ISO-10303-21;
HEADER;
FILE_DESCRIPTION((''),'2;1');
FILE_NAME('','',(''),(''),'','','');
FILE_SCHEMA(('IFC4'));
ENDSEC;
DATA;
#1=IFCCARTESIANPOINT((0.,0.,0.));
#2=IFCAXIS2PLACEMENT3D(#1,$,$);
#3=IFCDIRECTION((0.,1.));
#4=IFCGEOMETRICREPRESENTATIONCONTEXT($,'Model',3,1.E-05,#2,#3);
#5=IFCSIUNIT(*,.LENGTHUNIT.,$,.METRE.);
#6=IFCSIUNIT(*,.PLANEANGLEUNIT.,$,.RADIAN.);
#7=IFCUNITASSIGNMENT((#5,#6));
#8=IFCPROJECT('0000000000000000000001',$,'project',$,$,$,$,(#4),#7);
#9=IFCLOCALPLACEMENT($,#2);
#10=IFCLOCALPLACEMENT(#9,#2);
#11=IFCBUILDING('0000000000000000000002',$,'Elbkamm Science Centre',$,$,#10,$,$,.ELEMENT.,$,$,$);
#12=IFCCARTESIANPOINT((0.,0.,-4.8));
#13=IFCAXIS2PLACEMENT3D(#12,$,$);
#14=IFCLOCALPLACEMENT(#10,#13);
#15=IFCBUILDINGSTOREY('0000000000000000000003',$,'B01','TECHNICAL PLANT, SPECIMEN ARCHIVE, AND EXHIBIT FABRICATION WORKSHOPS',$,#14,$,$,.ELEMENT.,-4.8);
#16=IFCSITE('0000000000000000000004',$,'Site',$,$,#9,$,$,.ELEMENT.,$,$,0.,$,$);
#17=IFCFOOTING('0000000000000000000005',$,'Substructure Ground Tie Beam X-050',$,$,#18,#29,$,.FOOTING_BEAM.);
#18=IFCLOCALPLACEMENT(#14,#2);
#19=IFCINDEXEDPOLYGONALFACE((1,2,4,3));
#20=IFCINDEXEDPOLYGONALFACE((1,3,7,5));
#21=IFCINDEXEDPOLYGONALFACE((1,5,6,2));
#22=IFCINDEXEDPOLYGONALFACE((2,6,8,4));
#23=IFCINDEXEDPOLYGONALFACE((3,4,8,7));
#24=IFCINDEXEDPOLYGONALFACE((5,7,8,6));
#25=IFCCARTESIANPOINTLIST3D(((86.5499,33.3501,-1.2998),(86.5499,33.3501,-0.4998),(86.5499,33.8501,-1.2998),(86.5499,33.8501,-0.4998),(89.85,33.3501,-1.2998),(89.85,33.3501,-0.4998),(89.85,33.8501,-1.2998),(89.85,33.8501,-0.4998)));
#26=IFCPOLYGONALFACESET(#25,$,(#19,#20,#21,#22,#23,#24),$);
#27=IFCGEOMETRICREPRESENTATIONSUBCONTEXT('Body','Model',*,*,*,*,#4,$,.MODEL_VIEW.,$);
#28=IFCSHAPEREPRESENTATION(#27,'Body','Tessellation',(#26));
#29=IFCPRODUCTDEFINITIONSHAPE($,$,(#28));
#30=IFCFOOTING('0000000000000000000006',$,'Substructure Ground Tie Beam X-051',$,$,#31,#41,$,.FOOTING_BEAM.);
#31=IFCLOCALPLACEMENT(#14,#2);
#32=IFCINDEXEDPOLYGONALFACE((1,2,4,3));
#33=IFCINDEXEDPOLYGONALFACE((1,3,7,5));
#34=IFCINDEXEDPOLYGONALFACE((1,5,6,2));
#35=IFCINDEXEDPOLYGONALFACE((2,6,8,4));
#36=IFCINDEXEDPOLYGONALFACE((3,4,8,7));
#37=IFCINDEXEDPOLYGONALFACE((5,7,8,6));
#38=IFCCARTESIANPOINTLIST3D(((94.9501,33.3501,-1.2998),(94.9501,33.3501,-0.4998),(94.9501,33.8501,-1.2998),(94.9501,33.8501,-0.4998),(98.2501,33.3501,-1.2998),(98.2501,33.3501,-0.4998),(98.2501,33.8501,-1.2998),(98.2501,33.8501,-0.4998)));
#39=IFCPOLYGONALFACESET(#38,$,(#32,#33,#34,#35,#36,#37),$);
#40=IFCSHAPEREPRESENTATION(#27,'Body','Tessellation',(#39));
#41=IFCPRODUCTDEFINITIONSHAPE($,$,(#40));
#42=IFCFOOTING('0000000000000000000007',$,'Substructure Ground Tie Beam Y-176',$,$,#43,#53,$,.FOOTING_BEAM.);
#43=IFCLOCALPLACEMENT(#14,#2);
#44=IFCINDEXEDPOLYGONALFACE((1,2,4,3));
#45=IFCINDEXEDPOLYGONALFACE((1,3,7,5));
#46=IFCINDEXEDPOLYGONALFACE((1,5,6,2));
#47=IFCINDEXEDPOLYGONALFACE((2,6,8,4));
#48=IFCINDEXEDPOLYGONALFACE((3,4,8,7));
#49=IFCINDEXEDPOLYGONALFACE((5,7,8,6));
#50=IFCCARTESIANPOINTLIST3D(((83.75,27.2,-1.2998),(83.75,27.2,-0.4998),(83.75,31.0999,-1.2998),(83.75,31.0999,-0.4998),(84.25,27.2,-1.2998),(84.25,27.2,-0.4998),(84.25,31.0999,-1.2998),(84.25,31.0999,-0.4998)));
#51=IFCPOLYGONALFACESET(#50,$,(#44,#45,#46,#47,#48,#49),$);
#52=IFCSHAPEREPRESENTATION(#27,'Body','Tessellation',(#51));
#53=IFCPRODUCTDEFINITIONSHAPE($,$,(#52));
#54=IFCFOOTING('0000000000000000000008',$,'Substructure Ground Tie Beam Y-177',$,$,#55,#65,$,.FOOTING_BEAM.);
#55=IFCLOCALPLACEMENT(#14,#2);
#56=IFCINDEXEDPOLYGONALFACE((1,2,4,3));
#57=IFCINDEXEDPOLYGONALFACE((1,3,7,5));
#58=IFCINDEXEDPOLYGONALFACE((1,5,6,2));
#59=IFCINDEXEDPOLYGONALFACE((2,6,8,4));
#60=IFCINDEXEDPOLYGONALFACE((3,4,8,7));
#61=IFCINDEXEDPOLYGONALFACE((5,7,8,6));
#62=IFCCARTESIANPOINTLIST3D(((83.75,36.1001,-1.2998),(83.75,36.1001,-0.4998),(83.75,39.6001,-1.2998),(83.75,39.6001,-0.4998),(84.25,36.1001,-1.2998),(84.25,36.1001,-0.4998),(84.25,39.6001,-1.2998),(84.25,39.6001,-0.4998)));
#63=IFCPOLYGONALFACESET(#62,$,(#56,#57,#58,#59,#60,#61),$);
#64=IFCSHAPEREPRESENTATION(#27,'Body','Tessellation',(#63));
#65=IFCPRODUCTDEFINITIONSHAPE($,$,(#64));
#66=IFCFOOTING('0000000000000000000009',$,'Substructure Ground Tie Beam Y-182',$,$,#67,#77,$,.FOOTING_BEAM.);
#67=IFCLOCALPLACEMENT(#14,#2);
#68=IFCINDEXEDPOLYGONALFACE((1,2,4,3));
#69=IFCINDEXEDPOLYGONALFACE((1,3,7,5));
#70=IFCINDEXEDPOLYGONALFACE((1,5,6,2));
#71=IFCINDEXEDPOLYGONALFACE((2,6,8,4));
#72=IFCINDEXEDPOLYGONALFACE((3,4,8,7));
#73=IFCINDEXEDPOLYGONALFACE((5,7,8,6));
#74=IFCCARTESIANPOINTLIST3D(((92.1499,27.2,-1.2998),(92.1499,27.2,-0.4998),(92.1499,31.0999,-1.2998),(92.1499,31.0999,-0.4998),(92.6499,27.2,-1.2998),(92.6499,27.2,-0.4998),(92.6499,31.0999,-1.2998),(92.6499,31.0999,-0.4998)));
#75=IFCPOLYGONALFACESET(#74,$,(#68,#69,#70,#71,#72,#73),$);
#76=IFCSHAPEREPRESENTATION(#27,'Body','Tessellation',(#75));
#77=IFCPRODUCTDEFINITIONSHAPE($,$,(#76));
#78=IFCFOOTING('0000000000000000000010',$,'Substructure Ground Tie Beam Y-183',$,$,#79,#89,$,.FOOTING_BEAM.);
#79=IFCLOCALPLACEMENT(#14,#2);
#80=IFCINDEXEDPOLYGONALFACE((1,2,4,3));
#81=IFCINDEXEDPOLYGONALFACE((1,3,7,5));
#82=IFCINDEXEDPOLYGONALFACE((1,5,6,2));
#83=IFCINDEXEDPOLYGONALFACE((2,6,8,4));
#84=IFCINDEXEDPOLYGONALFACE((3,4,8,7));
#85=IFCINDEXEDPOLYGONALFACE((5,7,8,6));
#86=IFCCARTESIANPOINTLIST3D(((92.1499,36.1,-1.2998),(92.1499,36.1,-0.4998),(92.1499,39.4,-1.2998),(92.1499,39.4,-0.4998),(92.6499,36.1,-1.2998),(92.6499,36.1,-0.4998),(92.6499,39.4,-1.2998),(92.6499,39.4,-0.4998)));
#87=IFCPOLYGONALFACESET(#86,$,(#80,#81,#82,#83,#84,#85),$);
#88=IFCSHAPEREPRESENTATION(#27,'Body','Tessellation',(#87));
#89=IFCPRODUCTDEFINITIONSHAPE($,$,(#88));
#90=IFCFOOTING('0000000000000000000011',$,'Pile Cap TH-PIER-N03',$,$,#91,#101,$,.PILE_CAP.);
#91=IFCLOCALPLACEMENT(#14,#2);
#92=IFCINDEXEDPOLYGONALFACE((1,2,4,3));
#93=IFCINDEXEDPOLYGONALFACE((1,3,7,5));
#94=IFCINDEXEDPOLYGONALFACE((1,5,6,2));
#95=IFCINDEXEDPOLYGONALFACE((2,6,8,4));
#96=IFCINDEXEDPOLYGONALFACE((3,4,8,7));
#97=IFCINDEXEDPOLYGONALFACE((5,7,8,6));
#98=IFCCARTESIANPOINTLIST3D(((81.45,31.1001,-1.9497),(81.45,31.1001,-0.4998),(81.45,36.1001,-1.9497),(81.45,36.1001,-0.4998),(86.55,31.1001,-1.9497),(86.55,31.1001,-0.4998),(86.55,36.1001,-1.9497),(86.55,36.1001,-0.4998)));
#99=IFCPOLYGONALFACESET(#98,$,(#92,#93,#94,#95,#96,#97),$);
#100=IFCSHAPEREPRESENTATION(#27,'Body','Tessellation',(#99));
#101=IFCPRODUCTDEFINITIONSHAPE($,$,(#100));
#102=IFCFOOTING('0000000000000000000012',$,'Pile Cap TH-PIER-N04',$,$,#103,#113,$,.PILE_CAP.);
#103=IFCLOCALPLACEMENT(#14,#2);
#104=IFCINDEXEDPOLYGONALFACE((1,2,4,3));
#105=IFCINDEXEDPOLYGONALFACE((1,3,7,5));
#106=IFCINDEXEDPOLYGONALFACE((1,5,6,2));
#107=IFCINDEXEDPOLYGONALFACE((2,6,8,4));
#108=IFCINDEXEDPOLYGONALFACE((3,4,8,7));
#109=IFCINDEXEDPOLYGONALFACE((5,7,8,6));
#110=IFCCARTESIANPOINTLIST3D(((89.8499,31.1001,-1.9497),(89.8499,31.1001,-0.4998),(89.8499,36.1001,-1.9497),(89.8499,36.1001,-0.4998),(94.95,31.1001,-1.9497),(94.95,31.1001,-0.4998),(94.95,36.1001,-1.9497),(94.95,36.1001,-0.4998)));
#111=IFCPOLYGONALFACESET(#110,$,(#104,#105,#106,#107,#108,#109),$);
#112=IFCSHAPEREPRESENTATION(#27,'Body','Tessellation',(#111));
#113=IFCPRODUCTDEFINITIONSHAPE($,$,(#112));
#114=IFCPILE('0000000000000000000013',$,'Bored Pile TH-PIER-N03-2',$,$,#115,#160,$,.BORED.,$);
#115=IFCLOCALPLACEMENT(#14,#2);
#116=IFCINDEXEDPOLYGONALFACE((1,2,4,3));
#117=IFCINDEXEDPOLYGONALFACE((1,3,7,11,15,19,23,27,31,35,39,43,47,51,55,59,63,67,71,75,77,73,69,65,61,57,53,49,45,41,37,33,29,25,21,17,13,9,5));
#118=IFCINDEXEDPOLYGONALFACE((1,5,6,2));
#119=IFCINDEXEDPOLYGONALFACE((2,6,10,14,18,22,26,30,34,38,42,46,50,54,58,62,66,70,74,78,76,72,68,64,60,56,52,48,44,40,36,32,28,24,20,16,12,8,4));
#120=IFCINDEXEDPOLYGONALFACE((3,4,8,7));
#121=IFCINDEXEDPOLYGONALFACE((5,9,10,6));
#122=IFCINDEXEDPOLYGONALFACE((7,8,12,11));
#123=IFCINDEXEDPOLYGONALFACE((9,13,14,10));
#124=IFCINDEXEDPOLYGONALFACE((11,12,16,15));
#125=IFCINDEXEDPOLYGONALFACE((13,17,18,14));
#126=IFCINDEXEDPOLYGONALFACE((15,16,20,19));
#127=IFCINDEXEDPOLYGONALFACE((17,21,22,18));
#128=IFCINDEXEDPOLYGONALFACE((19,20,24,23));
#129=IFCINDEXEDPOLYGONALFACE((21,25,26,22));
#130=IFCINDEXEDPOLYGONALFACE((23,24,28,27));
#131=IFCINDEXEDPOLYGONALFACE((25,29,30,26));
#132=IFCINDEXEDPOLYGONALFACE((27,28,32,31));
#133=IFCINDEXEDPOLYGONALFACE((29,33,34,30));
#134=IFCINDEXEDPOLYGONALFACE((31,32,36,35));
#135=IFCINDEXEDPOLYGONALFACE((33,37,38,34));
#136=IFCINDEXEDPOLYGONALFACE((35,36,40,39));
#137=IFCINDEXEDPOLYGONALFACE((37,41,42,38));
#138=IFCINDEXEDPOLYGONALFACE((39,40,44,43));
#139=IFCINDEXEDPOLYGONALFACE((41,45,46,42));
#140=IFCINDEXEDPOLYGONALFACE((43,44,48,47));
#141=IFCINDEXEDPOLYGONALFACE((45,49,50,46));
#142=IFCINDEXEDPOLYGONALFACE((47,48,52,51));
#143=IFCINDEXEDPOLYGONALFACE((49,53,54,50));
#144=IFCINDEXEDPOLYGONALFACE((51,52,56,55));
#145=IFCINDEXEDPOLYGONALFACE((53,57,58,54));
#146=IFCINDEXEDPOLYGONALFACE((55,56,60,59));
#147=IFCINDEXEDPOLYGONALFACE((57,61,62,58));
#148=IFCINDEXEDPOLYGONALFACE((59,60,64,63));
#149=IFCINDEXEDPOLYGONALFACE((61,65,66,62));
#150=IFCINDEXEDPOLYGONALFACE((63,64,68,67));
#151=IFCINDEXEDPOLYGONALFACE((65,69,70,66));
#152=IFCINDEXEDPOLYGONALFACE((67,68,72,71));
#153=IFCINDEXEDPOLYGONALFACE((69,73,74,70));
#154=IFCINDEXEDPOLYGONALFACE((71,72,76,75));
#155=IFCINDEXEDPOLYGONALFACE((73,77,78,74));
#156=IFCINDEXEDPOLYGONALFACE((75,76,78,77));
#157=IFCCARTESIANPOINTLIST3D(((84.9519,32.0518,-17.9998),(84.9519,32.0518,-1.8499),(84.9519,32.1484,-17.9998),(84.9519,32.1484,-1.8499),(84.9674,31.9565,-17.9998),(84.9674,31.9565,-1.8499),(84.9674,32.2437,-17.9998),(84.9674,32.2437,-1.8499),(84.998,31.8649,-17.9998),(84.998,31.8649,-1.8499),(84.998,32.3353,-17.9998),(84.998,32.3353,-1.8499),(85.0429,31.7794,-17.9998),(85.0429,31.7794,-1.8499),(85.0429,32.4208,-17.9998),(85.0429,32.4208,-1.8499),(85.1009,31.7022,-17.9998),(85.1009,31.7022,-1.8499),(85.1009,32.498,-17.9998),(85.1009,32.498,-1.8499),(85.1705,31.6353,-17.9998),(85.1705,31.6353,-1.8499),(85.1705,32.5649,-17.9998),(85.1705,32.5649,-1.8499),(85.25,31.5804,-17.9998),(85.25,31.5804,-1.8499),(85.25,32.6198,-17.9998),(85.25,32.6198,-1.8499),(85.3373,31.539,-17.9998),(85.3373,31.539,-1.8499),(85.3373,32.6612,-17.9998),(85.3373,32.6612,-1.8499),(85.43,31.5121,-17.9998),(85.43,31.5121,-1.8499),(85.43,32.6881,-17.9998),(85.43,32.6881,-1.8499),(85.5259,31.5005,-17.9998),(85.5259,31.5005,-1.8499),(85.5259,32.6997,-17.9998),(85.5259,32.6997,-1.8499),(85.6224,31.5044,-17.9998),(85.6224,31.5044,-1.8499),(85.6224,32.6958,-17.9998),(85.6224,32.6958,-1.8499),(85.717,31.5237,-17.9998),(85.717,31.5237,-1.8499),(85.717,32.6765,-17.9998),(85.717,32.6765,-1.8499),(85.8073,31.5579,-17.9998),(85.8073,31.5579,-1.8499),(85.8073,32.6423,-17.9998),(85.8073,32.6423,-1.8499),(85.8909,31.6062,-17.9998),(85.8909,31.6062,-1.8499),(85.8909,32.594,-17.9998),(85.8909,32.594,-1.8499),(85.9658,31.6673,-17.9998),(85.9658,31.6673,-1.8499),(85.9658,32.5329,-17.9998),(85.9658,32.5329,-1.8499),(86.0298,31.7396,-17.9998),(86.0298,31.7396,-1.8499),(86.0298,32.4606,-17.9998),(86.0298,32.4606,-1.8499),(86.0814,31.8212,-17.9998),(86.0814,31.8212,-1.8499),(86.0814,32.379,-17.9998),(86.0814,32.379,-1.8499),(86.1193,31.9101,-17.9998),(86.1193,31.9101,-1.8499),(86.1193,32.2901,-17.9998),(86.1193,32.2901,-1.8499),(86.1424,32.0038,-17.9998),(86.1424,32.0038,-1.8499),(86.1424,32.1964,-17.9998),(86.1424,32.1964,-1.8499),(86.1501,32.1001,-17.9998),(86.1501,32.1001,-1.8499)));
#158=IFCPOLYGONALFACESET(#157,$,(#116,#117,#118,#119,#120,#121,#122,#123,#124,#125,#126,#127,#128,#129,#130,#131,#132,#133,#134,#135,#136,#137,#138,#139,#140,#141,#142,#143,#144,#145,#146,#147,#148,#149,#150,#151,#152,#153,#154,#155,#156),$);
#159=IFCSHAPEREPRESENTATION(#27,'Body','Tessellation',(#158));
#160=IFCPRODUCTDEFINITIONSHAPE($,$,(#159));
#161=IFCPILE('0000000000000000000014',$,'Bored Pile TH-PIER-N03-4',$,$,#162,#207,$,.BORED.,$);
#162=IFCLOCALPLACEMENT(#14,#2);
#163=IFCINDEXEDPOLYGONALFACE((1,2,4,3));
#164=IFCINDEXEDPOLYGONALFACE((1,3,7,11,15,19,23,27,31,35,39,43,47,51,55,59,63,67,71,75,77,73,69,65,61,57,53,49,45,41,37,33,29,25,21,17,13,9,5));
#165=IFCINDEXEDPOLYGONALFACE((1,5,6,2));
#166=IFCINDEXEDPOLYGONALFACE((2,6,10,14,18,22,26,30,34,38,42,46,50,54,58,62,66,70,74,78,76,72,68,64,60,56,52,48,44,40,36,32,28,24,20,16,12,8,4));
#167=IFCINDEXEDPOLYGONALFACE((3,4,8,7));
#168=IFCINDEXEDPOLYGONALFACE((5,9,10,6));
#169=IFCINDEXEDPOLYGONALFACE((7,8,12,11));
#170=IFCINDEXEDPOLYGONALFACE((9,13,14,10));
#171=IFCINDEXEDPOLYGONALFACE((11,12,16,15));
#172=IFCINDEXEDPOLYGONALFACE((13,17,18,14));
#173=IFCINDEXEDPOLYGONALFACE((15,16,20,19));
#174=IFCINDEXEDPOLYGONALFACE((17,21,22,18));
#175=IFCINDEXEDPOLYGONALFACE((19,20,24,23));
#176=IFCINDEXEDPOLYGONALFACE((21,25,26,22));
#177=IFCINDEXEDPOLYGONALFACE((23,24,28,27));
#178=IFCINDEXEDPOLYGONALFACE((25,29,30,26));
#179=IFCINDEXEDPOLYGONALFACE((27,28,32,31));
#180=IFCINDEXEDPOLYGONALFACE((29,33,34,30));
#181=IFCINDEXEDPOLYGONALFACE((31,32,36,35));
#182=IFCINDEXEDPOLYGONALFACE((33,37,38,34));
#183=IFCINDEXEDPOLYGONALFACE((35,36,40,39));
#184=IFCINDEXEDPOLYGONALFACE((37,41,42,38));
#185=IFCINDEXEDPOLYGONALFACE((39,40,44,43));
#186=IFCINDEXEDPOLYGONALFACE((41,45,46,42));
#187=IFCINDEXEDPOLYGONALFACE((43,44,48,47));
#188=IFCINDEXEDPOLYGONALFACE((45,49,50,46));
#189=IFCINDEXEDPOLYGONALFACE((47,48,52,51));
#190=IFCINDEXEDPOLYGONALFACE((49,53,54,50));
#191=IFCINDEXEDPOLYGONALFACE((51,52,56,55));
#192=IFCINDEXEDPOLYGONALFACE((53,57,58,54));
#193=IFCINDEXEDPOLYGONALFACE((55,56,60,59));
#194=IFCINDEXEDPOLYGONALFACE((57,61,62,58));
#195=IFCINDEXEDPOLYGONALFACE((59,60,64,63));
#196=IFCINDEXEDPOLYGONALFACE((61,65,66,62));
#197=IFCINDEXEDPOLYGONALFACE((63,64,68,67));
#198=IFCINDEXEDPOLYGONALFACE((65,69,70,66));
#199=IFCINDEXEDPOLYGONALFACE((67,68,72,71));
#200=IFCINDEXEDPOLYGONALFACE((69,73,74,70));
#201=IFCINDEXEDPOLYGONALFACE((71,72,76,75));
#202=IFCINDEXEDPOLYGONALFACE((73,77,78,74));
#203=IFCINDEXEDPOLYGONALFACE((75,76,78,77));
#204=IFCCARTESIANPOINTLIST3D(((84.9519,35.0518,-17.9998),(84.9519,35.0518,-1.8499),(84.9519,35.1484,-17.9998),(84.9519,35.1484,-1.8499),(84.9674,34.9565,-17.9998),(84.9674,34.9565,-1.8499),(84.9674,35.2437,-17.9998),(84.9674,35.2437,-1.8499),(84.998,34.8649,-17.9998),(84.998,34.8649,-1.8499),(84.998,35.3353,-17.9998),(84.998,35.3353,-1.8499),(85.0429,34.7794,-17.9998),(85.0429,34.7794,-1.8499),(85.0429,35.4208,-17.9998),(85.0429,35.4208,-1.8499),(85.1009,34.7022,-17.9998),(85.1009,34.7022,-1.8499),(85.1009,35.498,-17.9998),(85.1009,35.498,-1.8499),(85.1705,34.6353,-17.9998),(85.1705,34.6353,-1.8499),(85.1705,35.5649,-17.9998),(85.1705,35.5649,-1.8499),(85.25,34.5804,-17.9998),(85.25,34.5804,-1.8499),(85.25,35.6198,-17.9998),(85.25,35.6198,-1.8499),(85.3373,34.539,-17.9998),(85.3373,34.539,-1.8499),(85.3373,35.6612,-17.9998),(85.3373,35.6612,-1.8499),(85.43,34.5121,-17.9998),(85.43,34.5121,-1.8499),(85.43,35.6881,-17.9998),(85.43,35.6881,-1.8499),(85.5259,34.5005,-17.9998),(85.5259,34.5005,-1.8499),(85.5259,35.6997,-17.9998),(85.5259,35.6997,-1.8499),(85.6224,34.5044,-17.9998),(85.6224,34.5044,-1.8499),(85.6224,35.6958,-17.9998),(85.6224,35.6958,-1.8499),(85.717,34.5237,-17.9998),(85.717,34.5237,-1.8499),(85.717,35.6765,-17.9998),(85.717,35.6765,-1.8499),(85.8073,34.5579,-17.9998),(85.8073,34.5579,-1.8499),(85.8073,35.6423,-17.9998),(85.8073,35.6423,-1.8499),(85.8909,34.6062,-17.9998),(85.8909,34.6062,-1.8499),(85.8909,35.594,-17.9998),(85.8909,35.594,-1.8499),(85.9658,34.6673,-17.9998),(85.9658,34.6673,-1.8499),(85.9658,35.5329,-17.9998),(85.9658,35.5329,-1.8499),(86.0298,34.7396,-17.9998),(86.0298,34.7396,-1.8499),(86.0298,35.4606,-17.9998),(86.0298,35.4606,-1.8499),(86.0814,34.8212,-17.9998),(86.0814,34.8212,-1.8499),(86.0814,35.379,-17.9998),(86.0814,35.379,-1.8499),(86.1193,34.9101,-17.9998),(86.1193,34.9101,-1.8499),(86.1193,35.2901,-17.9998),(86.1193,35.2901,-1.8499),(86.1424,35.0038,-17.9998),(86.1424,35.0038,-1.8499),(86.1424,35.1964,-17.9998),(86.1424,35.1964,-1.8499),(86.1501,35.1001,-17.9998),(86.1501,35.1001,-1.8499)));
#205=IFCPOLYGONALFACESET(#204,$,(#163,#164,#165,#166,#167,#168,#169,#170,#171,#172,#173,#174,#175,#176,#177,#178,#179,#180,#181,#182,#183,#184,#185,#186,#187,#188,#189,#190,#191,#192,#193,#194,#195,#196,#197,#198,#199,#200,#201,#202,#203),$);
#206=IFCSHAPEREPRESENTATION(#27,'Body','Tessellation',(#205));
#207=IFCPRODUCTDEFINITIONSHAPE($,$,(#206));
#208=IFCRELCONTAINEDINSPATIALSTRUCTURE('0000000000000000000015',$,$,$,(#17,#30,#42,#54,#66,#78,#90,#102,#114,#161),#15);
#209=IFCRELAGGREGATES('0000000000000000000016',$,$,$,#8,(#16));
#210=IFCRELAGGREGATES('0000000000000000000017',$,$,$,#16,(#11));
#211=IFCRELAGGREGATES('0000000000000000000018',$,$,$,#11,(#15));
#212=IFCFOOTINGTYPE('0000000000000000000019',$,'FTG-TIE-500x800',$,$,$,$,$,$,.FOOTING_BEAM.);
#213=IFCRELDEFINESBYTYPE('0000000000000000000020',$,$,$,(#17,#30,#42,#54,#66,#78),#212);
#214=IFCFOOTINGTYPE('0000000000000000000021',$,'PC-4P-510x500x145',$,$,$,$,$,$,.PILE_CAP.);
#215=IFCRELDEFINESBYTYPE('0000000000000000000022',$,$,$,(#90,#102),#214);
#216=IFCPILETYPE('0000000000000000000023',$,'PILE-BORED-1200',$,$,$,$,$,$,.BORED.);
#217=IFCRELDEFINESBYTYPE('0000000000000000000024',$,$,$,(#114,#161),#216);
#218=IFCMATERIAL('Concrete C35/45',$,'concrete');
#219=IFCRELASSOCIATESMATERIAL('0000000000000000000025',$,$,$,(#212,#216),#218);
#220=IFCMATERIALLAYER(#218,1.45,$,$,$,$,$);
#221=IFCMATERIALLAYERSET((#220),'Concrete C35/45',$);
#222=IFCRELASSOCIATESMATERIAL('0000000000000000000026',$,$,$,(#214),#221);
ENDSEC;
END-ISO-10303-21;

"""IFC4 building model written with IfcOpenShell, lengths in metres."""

from ifc_helpers import new_model, si_unit, direction, frame, origin, origin_2d, place, context, subcontext, project, spatial, rectangle, circle, extrude, material, layer, layer_set, material_profile, profile_set, type_object, element, save


model = new_model("IFC4")

# Units and contexts
model_context = context("Model", 3, precision=1e-05, world=origin(), true_north=direction((0.0, 1.0)))
body_context = subcontext(model_context, "Body", "Model", "MODEL_VIEW")
ifc_project = project(units=[si_unit("LENGTHUNIT", "METRE"), si_unit("PLANEANGLEUNIT", "RADIAN")], contexts=[model_context])

# Site, building, storey
site_placement = place(None, origin())
site = spatial("IfcSite", under=ifc_project, at=site_placement, Name="Site", CompositionType="ELEMENT", RefElevation=0.0)
building_placement = place(site_placement, origin())
building = spatial("IfcBuilding", under=site, at=building_placement, Name="Elbkamm Science Centre", CompositionType="ELEMENT")
storey_placement = place(building_placement, frame((0.0, 0.0, -4.8)))
storey = spatial("IfcBuildingStorey", under=building, at=storey_placement, Name="B01", Description="TECHNICAL PLANT, SPECIMEN ARCHIVE, AND EXHIBIT FABRICATION WORKSHOPS", CompositionType="ELEMENT", Elevation=-4.8)

# Footings
ifc_material_1 = material(Name="Concrete C35/45", Category="concrete")
footing_type_1 = type_object("IfcFootingType", Name="FTG-TIE-500x800", PredefinedType="FOOTING_BEAM", material=ifc_material_1)
for number, where, z_axis, x_axis, name in (
    (1, (88.2, 33.6001, -1.2998), (0.0, 0.0, 1.0), (1.0, 0.0, 0.0), "Substructure Ground Tie Beam X-050"),
    (2, (96.6001, 33.6001, -1.2998), (0.0, 0.0, 1.0), (1.0, 0.0, 0.0), "Substructure Ground Tie Beam X-051"),
):
    element("IfcFooting", number, at=place(storey_placement, frame(where, z_axis=z_axis, x_axis=x_axis)), inside=storey, type_object=footing_type_1, Name=name, PredefinedType="FOOTING_BEAM", context=body_context, shape_type="SweptSolid", body=[
        extrude(rectangle(XDim=3.3, YDim=0.5, at=origin_2d()), origin(), (0.0, 0.0, 1.0), 0.8),
    ])
footing_1_placement = place(storey_placement, frame((84.0, 29.1499, -1.2998), z_axis=(0.0, 0.0, 1.0), x_axis=(1.0, 0.0, 0.0)))
element("IfcFooting", 3, at=footing_1_placement, inside=storey, type_object=footing_type_1, Name="Substructure Ground Tie Beam Y-176", PredefinedType="FOOTING_BEAM", context=body_context, shape_type="SweptSolid", body=[
    extrude(rectangle(XDim=0.5, YDim=3.8999, at=origin_2d()), origin(), (0.0, 0.0, 1.0), 0.8),
])
footing_2_placement = place(storey_placement, frame((84.0, 37.8501, -1.2998), z_axis=(0.0, 0.0, 1.0), x_axis=(1.0, 0.0, 0.0)))
element("IfcFooting", 4, at=footing_2_placement, inside=storey, type_object=footing_type_1, Name="Substructure Ground Tie Beam Y-177", PredefinedType="FOOTING_BEAM", context=body_context, shape_type="SweptSolid", body=[
    extrude(rectangle(XDim=0.5, YDim=3.5, at=origin_2d()), origin(), (0.0, 0.0, 1.0), 0.8),
])
footing_3_placement = place(storey_placement, frame((92.3999, 29.1499, -1.2998), z_axis=(0.0, 0.0, 1.0), x_axis=(1.0, 0.0, 0.0)))
element("IfcFooting", 5, at=footing_3_placement, inside=storey, type_object=footing_type_1, Name="Substructure Ground Tie Beam Y-182", PredefinedType="FOOTING_BEAM", context=body_context, shape_type="SweptSolid", body=[
    extrude(rectangle(XDim=0.5, YDim=3.8999, at=origin_2d()), origin(), (0.0, 0.0, 1.0), 0.8),
])
footing_4_placement = place(storey_placement, frame((92.3999, 37.75, -1.2998), z_axis=(0.0, 0.0, 1.0), x_axis=(1.0, 0.0, 0.0)))
element("IfcFooting", 6, at=footing_4_placement, inside=storey, type_object=footing_type_1, Name="Substructure Ground Tie Beam Y-183", PredefinedType="FOOTING_BEAM", context=body_context, shape_type="SweptSolid", body=[
    extrude(rectangle(XDim=0.5, YDim=3.3, at=origin_2d()), origin(), (0.0, 0.0, 1.0), 0.8),
])
ifc_layer_1 = layer(ifc_material_1, 1.45)
ifc_layer_set_1 = layer_set([ifc_layer_1], Name="Concrete C35/45")
footing_type_2 = type_object("IfcFootingType", Name="PC-4P-510x500x145", PredefinedType="PILE_CAP", material=ifc_layer_set_1)
for number, where, z_axis, x_axis, name in (
    (7, (84.0, 33.6001, -1.9497), (0.0, 0.0, 1.0), (1.0, 0.0, 0.0), "Pile Cap TH-PIER-N03"),
    (8, (92.3999, 33.6001, -1.9497), (0.0, 0.0, 1.0), (1.0, 0.0, 0.0), "Pile Cap TH-PIER-N04"),
):
    element("IfcFooting", number, at=place(storey_placement, frame(where, z_axis=z_axis, x_axis=x_axis)), inside=storey, type_object=footing_type_2, Name=name, PredefinedType="PILE_CAP", context=body_context, shape_type="SweptSolid", body=[
        extrude(rectangle(XDim=5.1001, YDim=5.0, at=origin_2d()), origin(), (0.0, 0.0, 1.0), 1.45),
    ])

# Piles
ifc_material_profile_1 = material_profile(ifc_material_1, circle(Radius=0.6001, at=origin_2d()), Name="PILE D1200")
ifc_profile_set_1 = profile_set([ifc_material_profile_1], Name="Concrete C35/45")
pile_type_1 = type_object("IfcPileType", Name="PILE-BORED-1200", PredefinedType="BORED", material=ifc_profile_set_1)
for number, where, z_axis, x_axis, name in (
    (9, (85.55, 32.1001, -1.8499), (0.0, 0.0, -1.0), (1.0, 0.0, 0.0), "Bored Pile TH-PIER-N03-2"),
    (10, (85.55, 35.1001, -1.8499), (0.0, 0.0, -1.0), (1.0, 0.0, 0.0), "Bored Pile TH-PIER-N03-4"),
):
    element("IfcPile", number, at=place(storey_placement, frame(where, z_axis=z_axis, x_axis=x_axis)), inside=storey, type_object=pile_type_1, Name=name, PredefinedType="BORED", context=body_context, shape_type="SweptSolid", body=[
        extrude(circle(Radius=0.6001, at=origin_2d()), origin(), (0.0, 0.0, 1.0), 16.1499),
    ])

save(model, "model.ifc")
